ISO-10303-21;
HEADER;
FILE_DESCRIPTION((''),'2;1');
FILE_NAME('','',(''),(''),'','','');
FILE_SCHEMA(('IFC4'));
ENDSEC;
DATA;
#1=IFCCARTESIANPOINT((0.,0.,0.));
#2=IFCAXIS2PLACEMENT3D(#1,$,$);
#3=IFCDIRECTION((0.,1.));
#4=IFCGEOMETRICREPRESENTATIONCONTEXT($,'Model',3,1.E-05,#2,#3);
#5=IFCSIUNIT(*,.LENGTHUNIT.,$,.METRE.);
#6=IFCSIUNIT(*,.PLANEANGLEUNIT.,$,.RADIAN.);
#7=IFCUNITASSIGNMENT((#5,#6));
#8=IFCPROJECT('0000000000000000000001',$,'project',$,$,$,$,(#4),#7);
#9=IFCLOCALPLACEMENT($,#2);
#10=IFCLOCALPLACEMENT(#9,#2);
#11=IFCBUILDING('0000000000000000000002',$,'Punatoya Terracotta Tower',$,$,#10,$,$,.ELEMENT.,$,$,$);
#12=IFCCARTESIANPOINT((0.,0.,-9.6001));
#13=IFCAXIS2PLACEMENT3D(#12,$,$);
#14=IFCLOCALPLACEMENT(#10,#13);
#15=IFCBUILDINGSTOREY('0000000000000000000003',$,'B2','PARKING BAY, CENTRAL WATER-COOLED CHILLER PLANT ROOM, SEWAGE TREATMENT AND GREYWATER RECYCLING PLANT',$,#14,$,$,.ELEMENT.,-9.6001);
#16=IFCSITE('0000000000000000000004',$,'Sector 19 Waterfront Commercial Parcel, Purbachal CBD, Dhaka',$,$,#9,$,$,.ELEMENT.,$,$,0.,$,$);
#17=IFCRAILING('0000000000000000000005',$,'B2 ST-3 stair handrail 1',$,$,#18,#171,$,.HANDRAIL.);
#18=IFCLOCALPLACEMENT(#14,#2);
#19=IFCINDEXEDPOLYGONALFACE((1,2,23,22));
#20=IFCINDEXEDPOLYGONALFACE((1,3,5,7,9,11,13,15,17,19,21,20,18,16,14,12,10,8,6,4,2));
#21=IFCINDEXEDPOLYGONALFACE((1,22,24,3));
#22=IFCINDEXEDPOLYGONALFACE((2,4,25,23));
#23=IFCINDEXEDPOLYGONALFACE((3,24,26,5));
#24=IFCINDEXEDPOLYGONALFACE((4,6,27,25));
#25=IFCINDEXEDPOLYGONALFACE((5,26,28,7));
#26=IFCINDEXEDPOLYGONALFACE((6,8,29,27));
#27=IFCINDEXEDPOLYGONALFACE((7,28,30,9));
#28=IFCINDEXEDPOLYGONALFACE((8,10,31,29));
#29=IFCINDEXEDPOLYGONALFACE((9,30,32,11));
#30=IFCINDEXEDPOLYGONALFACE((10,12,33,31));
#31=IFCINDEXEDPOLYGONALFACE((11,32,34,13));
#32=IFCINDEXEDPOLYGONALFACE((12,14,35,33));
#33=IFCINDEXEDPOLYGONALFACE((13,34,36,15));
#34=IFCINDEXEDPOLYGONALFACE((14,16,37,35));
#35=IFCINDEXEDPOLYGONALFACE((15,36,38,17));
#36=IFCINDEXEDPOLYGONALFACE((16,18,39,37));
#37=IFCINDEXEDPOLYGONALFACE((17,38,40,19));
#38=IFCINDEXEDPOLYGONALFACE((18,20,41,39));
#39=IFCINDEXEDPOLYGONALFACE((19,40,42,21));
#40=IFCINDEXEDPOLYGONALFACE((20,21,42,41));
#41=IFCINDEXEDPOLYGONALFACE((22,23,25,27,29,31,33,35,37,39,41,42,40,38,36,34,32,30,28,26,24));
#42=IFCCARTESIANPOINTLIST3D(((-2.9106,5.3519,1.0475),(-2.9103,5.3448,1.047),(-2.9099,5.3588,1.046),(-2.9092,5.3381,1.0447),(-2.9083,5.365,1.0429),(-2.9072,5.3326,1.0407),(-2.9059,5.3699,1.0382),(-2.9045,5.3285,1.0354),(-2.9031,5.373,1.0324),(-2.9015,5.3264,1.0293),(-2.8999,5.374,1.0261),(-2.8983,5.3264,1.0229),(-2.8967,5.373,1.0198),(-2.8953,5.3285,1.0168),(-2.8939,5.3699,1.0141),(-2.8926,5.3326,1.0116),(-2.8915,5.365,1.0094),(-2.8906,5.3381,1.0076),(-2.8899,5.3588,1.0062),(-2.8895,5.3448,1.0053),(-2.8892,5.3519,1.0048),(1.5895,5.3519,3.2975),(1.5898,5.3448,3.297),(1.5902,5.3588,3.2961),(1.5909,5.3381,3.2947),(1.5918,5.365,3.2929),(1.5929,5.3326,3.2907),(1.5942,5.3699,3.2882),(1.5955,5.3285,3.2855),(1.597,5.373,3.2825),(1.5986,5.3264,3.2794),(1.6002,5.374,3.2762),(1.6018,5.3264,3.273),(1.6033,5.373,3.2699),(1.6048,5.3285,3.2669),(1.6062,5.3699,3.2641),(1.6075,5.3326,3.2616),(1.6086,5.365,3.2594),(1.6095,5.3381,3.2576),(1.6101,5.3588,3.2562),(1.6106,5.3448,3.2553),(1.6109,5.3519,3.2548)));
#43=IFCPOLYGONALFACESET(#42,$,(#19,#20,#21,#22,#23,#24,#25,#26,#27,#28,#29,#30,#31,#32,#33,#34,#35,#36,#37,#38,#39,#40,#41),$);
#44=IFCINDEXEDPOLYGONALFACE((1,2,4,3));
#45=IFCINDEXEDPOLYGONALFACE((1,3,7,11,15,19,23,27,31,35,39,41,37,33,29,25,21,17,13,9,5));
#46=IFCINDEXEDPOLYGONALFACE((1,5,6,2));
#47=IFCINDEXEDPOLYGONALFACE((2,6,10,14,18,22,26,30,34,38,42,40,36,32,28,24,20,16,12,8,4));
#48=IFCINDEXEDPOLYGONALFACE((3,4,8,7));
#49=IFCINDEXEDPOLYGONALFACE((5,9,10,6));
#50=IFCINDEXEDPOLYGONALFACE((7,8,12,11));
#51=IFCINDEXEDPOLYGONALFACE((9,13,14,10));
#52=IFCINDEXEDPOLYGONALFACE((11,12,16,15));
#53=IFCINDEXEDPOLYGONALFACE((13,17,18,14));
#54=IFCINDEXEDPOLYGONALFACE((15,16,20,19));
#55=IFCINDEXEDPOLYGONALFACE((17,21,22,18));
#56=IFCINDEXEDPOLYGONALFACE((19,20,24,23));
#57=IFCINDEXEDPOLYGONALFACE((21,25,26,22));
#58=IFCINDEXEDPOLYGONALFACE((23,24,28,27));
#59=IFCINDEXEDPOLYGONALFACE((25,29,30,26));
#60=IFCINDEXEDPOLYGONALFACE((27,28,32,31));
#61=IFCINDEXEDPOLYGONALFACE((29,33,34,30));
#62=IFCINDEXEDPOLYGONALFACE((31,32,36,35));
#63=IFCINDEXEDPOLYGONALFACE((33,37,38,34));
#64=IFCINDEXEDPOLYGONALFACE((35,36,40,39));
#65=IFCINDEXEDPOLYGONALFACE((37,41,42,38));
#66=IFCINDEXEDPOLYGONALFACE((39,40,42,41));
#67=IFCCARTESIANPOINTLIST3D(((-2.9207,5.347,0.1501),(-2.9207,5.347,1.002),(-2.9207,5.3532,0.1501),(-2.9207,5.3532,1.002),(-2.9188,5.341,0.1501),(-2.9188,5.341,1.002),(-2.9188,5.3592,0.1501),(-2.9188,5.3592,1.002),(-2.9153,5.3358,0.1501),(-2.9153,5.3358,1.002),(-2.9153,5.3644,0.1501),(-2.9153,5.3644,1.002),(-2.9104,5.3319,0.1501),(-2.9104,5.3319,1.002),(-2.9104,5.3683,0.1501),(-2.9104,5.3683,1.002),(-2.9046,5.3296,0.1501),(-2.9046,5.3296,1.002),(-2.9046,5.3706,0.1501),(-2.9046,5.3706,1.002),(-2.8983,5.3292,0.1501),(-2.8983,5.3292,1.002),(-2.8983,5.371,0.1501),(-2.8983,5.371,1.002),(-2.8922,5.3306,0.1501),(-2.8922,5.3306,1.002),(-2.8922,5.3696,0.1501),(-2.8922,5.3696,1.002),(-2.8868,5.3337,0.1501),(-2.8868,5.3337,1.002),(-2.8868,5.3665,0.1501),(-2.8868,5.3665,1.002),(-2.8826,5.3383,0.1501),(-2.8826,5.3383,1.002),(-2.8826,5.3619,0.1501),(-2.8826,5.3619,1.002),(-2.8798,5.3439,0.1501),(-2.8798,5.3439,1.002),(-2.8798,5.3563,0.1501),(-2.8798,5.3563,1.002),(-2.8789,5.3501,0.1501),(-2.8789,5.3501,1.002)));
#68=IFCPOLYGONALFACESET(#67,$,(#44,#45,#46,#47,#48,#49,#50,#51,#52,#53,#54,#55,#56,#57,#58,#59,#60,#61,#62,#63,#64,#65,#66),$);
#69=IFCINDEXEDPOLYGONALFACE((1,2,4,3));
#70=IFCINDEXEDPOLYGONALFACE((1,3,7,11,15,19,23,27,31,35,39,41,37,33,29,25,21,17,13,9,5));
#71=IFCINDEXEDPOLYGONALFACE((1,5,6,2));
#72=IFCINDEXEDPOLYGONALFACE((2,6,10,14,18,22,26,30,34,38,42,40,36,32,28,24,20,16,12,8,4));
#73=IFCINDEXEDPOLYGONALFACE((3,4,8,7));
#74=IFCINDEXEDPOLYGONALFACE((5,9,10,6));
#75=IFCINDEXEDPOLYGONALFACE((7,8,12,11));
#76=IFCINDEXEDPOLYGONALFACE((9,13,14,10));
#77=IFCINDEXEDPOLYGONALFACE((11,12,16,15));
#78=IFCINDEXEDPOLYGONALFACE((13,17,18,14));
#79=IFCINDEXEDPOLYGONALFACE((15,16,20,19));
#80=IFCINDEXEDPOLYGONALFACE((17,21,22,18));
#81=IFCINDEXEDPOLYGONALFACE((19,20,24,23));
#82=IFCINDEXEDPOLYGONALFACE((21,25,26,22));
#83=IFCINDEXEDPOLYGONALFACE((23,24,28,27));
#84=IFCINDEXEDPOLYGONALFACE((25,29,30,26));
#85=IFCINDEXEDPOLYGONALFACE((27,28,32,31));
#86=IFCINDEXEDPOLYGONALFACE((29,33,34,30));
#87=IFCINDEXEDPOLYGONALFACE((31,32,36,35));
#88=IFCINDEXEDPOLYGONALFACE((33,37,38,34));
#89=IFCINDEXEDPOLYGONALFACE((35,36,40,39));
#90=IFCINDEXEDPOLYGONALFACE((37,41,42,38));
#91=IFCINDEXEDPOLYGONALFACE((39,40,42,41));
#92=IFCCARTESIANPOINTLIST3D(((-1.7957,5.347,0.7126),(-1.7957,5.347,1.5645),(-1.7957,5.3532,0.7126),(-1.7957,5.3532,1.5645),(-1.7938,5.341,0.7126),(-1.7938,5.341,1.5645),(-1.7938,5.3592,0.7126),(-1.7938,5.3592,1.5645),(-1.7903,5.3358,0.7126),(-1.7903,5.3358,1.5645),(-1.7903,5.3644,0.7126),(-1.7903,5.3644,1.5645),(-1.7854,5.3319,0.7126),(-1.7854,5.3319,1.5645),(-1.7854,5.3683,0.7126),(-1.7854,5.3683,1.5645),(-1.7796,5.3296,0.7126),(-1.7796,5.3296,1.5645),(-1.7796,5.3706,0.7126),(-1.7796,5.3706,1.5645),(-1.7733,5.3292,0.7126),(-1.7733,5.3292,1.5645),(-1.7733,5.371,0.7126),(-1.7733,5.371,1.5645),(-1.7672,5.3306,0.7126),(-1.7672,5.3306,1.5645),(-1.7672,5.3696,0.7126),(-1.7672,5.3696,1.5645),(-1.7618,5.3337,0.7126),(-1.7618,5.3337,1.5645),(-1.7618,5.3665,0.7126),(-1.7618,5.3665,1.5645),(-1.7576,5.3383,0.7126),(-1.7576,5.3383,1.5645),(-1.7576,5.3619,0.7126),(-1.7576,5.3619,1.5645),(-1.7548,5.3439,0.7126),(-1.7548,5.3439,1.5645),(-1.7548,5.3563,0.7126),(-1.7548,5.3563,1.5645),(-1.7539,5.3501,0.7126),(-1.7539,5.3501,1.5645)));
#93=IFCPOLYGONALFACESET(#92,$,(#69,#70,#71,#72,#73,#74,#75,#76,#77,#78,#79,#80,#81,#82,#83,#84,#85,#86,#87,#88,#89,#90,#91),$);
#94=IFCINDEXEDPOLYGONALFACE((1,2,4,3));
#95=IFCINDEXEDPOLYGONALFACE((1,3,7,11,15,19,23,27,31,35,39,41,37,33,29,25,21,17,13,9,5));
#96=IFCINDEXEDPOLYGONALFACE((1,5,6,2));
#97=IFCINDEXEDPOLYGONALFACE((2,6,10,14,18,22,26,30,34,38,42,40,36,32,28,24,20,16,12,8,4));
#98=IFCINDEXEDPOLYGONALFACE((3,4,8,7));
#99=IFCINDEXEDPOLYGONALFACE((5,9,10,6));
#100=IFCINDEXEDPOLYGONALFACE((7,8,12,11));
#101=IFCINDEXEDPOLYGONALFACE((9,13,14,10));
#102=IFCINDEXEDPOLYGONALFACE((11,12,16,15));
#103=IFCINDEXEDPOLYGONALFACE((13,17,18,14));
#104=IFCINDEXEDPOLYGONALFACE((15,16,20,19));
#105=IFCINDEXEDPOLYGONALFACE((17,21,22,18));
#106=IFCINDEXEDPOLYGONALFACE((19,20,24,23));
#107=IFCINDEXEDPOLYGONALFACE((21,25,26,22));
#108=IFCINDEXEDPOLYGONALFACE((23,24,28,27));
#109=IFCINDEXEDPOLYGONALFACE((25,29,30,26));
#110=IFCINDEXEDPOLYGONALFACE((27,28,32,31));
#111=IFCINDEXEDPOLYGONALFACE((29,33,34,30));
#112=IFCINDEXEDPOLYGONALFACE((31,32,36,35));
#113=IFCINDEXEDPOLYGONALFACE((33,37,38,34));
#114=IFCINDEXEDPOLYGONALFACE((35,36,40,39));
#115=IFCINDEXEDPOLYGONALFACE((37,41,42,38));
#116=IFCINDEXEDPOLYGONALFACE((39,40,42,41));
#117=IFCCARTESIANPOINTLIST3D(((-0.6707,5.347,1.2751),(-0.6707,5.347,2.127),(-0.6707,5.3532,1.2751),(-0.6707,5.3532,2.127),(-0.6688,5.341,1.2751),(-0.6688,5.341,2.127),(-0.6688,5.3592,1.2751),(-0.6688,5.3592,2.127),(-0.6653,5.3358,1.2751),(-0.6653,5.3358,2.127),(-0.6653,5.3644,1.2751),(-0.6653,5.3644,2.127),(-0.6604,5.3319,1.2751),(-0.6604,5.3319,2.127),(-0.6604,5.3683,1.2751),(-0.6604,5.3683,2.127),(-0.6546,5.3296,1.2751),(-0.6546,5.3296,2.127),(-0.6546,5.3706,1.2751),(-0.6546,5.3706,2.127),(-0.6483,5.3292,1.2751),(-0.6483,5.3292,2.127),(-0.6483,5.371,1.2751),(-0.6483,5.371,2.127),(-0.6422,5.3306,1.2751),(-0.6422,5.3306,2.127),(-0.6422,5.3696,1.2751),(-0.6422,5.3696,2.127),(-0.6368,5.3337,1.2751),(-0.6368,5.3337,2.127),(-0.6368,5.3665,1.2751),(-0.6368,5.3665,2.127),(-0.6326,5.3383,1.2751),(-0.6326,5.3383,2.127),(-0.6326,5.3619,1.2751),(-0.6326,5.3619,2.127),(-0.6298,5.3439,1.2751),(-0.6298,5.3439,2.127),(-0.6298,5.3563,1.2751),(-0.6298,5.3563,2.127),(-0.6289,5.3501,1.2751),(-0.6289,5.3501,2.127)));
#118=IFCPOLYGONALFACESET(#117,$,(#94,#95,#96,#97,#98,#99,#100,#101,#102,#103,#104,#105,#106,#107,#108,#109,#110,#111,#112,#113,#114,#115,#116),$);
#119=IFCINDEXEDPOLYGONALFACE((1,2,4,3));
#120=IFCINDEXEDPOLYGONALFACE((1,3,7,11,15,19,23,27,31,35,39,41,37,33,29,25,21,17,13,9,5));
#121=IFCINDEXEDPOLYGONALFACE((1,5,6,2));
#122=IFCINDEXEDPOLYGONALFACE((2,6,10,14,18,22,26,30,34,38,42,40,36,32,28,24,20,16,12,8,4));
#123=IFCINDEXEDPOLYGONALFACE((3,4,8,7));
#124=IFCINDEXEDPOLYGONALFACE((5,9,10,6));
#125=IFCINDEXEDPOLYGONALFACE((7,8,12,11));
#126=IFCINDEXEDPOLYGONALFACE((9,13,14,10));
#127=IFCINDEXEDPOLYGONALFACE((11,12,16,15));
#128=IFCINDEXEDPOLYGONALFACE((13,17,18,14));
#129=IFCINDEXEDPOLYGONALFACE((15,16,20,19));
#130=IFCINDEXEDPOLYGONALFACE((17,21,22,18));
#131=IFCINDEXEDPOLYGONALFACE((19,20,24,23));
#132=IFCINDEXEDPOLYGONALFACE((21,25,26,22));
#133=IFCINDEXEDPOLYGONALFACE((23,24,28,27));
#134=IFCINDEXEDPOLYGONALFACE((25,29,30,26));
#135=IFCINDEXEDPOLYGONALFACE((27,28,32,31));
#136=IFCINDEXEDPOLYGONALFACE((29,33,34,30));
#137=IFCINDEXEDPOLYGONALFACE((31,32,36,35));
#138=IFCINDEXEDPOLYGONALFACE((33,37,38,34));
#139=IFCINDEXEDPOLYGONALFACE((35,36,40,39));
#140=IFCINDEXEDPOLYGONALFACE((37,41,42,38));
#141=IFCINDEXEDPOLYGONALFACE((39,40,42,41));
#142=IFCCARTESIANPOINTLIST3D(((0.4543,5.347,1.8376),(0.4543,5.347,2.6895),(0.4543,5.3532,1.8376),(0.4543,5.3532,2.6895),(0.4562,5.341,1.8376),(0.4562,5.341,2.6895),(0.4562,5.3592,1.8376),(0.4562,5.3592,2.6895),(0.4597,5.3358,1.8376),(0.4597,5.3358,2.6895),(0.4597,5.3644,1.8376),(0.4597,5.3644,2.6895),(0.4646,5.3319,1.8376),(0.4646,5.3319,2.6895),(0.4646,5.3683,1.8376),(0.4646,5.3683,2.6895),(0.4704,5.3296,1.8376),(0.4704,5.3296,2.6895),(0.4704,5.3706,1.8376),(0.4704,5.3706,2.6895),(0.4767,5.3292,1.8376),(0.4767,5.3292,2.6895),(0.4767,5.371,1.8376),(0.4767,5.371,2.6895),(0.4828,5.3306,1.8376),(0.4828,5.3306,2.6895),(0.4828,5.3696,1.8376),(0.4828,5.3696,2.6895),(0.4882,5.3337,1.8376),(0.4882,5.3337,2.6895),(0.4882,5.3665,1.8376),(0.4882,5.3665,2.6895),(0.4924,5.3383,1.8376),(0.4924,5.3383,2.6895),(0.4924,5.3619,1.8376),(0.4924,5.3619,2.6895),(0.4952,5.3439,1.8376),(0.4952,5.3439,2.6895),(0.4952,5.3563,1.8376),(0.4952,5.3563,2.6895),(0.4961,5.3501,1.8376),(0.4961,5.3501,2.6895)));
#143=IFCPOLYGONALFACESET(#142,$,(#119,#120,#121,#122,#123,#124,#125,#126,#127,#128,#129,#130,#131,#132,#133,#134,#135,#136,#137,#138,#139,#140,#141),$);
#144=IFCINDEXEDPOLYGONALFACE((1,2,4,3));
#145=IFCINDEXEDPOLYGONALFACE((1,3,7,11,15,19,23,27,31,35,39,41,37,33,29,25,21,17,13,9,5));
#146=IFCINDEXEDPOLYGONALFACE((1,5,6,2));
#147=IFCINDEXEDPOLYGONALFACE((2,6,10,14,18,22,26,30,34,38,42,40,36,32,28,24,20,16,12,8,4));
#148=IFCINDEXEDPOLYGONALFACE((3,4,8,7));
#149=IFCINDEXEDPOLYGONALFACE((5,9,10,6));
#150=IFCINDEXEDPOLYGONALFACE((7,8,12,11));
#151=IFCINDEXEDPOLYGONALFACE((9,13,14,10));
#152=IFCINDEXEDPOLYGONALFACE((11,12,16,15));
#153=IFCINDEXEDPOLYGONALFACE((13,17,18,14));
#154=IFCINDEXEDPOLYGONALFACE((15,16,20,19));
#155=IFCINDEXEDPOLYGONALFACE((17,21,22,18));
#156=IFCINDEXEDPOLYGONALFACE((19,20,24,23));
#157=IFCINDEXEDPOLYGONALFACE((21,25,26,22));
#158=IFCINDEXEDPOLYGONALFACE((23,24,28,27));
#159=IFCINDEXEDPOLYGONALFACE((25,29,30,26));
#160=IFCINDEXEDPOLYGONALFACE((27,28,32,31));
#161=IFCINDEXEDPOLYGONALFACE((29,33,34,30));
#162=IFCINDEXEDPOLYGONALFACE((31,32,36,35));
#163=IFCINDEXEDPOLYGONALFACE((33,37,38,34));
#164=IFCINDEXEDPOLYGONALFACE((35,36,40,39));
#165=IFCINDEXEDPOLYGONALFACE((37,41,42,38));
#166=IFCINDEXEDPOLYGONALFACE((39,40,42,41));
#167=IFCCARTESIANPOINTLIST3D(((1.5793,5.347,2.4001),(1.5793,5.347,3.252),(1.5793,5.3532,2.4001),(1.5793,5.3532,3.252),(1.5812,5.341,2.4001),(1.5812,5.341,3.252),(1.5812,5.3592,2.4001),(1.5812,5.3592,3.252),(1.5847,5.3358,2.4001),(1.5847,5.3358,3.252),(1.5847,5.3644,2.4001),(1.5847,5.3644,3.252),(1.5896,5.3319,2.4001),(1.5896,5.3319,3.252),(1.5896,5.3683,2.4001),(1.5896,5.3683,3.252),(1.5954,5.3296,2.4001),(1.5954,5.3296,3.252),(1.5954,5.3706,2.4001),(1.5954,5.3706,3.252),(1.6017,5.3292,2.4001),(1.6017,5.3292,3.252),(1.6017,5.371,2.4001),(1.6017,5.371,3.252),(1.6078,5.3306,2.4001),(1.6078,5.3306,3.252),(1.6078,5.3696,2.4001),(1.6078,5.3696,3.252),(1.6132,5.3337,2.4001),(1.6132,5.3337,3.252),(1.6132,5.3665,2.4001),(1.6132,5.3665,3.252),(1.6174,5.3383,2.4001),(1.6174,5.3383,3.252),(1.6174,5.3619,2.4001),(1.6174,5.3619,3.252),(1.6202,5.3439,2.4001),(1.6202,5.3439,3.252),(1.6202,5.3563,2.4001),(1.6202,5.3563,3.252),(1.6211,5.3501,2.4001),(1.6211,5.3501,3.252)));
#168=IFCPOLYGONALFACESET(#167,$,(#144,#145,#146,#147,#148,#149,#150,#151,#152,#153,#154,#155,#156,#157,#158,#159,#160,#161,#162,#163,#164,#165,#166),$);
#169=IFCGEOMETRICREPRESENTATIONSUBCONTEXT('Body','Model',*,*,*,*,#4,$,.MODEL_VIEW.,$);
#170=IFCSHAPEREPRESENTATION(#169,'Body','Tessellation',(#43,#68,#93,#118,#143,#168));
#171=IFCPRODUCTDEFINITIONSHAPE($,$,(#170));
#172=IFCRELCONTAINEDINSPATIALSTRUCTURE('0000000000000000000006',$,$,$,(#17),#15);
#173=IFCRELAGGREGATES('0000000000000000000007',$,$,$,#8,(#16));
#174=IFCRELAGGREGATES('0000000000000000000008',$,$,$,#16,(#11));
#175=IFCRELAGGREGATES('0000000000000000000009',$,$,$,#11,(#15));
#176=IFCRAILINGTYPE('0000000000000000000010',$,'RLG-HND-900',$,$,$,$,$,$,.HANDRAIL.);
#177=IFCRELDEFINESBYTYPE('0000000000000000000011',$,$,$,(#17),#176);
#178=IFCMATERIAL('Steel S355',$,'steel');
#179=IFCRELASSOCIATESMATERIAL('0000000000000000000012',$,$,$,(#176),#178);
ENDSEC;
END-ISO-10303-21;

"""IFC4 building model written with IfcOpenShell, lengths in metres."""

from ifc_helpers import new_model, si_unit, direction, frame, origin, origin_2d, place, context, subcontext, project, spatial, circle, extrude, material, type_object, element, save


model = new_model("IFC4")

# Units and contexts
model_context = context("Model", 3, precision=1e-05, world=origin(), true_north=direction((0.0, 1.0)))
body_context = subcontext(model_context, "Body", "Model", "MODEL_VIEW")
ifc_project = project(units=[si_unit("LENGTHUNIT", "METRE"), si_unit("PLANEANGLEUNIT", "RADIAN")], contexts=[model_context])

# Site, building, storey
site_placement = place(None, origin())
site = spatial("IfcSite", under=ifc_project, at=site_placement, Name="Sector 19 Waterfront Commercial Parcel, Purbachal CBD, Dhaka", CompositionType="ELEMENT", RefElevation=0.0)
building_placement = place(site_placement, origin())
building = spatial("IfcBuilding", under=site, at=building_placement, Name="Punatoya Terracotta Tower", CompositionType="ELEMENT")
storey_placement = place(building_placement, frame((0.0, 0.0, -9.6001)))
storey = spatial("IfcBuildingStorey", under=building, at=storey_placement, Name="B2", Description="PARKING BAY, CENTRAL WATER-COOLED CHILLER PLANT ROOM, SEWAGE TREATMENT AND GREYWATER RECYCLING PLANT", CompositionType="ELEMENT", Elevation=-9.6001)

# Shared definitions
ifc_material_1 = material(Name="Steel S355", Category="steel")

# Railing
railing_type_1 = type_object("IfcRailingType", Name="RLG-HND-900", PredefinedType="HANDRAIL", material=ifc_material_1)
railing_1_placement = place(storey_placement, frame((-2.8999, 5.3501, 0.1501)))
element("IfcRailing", 1, at=railing_1_placement, inside=storey, type_object=railing_type_1, Name="B2 ST-3 stair handrail 1", PredefinedType="HANDRAIL", context=body_context, shape_type="SweptSolid", body=[
    extrude(circle(Radius=0.0239, at=origin_2d()), frame((0.0, 0.0, 0.876), z_axis=(0.894427, 0.0, 0.447214), x_axis=(0.0, 1.0, 0.0)), (0.0, 0.0, 1.0), 5.0312),
    extrude(circle(Radius=0.021, at=origin_2d()), origin(), (0.0, 0.0, 1.0), 0.8518),
    extrude(circle(Radius=0.021, at=origin_2d()), frame((1.125, 0.0, 0.5625)), (0.0, 0.0, 1.0), 0.8518),
    extrude(circle(Radius=0.021, at=origin_2d()), frame((2.25, 0.0, 1.125)), (0.0, 0.0, 1.0), 0.8518),
    extrude(circle(Radius=0.021, at=origin_2d()), frame((3.375, 0.0, 1.6875)), (0.0, 0.0, 1.0), 0.8518),
    extrude(circle(Radius=0.021, at=origin_2d()), frame((4.5, 0.0, 2.25)), (0.0, 0.0, 1.0), 0.8518),
])

save(model, "model.ifc")
